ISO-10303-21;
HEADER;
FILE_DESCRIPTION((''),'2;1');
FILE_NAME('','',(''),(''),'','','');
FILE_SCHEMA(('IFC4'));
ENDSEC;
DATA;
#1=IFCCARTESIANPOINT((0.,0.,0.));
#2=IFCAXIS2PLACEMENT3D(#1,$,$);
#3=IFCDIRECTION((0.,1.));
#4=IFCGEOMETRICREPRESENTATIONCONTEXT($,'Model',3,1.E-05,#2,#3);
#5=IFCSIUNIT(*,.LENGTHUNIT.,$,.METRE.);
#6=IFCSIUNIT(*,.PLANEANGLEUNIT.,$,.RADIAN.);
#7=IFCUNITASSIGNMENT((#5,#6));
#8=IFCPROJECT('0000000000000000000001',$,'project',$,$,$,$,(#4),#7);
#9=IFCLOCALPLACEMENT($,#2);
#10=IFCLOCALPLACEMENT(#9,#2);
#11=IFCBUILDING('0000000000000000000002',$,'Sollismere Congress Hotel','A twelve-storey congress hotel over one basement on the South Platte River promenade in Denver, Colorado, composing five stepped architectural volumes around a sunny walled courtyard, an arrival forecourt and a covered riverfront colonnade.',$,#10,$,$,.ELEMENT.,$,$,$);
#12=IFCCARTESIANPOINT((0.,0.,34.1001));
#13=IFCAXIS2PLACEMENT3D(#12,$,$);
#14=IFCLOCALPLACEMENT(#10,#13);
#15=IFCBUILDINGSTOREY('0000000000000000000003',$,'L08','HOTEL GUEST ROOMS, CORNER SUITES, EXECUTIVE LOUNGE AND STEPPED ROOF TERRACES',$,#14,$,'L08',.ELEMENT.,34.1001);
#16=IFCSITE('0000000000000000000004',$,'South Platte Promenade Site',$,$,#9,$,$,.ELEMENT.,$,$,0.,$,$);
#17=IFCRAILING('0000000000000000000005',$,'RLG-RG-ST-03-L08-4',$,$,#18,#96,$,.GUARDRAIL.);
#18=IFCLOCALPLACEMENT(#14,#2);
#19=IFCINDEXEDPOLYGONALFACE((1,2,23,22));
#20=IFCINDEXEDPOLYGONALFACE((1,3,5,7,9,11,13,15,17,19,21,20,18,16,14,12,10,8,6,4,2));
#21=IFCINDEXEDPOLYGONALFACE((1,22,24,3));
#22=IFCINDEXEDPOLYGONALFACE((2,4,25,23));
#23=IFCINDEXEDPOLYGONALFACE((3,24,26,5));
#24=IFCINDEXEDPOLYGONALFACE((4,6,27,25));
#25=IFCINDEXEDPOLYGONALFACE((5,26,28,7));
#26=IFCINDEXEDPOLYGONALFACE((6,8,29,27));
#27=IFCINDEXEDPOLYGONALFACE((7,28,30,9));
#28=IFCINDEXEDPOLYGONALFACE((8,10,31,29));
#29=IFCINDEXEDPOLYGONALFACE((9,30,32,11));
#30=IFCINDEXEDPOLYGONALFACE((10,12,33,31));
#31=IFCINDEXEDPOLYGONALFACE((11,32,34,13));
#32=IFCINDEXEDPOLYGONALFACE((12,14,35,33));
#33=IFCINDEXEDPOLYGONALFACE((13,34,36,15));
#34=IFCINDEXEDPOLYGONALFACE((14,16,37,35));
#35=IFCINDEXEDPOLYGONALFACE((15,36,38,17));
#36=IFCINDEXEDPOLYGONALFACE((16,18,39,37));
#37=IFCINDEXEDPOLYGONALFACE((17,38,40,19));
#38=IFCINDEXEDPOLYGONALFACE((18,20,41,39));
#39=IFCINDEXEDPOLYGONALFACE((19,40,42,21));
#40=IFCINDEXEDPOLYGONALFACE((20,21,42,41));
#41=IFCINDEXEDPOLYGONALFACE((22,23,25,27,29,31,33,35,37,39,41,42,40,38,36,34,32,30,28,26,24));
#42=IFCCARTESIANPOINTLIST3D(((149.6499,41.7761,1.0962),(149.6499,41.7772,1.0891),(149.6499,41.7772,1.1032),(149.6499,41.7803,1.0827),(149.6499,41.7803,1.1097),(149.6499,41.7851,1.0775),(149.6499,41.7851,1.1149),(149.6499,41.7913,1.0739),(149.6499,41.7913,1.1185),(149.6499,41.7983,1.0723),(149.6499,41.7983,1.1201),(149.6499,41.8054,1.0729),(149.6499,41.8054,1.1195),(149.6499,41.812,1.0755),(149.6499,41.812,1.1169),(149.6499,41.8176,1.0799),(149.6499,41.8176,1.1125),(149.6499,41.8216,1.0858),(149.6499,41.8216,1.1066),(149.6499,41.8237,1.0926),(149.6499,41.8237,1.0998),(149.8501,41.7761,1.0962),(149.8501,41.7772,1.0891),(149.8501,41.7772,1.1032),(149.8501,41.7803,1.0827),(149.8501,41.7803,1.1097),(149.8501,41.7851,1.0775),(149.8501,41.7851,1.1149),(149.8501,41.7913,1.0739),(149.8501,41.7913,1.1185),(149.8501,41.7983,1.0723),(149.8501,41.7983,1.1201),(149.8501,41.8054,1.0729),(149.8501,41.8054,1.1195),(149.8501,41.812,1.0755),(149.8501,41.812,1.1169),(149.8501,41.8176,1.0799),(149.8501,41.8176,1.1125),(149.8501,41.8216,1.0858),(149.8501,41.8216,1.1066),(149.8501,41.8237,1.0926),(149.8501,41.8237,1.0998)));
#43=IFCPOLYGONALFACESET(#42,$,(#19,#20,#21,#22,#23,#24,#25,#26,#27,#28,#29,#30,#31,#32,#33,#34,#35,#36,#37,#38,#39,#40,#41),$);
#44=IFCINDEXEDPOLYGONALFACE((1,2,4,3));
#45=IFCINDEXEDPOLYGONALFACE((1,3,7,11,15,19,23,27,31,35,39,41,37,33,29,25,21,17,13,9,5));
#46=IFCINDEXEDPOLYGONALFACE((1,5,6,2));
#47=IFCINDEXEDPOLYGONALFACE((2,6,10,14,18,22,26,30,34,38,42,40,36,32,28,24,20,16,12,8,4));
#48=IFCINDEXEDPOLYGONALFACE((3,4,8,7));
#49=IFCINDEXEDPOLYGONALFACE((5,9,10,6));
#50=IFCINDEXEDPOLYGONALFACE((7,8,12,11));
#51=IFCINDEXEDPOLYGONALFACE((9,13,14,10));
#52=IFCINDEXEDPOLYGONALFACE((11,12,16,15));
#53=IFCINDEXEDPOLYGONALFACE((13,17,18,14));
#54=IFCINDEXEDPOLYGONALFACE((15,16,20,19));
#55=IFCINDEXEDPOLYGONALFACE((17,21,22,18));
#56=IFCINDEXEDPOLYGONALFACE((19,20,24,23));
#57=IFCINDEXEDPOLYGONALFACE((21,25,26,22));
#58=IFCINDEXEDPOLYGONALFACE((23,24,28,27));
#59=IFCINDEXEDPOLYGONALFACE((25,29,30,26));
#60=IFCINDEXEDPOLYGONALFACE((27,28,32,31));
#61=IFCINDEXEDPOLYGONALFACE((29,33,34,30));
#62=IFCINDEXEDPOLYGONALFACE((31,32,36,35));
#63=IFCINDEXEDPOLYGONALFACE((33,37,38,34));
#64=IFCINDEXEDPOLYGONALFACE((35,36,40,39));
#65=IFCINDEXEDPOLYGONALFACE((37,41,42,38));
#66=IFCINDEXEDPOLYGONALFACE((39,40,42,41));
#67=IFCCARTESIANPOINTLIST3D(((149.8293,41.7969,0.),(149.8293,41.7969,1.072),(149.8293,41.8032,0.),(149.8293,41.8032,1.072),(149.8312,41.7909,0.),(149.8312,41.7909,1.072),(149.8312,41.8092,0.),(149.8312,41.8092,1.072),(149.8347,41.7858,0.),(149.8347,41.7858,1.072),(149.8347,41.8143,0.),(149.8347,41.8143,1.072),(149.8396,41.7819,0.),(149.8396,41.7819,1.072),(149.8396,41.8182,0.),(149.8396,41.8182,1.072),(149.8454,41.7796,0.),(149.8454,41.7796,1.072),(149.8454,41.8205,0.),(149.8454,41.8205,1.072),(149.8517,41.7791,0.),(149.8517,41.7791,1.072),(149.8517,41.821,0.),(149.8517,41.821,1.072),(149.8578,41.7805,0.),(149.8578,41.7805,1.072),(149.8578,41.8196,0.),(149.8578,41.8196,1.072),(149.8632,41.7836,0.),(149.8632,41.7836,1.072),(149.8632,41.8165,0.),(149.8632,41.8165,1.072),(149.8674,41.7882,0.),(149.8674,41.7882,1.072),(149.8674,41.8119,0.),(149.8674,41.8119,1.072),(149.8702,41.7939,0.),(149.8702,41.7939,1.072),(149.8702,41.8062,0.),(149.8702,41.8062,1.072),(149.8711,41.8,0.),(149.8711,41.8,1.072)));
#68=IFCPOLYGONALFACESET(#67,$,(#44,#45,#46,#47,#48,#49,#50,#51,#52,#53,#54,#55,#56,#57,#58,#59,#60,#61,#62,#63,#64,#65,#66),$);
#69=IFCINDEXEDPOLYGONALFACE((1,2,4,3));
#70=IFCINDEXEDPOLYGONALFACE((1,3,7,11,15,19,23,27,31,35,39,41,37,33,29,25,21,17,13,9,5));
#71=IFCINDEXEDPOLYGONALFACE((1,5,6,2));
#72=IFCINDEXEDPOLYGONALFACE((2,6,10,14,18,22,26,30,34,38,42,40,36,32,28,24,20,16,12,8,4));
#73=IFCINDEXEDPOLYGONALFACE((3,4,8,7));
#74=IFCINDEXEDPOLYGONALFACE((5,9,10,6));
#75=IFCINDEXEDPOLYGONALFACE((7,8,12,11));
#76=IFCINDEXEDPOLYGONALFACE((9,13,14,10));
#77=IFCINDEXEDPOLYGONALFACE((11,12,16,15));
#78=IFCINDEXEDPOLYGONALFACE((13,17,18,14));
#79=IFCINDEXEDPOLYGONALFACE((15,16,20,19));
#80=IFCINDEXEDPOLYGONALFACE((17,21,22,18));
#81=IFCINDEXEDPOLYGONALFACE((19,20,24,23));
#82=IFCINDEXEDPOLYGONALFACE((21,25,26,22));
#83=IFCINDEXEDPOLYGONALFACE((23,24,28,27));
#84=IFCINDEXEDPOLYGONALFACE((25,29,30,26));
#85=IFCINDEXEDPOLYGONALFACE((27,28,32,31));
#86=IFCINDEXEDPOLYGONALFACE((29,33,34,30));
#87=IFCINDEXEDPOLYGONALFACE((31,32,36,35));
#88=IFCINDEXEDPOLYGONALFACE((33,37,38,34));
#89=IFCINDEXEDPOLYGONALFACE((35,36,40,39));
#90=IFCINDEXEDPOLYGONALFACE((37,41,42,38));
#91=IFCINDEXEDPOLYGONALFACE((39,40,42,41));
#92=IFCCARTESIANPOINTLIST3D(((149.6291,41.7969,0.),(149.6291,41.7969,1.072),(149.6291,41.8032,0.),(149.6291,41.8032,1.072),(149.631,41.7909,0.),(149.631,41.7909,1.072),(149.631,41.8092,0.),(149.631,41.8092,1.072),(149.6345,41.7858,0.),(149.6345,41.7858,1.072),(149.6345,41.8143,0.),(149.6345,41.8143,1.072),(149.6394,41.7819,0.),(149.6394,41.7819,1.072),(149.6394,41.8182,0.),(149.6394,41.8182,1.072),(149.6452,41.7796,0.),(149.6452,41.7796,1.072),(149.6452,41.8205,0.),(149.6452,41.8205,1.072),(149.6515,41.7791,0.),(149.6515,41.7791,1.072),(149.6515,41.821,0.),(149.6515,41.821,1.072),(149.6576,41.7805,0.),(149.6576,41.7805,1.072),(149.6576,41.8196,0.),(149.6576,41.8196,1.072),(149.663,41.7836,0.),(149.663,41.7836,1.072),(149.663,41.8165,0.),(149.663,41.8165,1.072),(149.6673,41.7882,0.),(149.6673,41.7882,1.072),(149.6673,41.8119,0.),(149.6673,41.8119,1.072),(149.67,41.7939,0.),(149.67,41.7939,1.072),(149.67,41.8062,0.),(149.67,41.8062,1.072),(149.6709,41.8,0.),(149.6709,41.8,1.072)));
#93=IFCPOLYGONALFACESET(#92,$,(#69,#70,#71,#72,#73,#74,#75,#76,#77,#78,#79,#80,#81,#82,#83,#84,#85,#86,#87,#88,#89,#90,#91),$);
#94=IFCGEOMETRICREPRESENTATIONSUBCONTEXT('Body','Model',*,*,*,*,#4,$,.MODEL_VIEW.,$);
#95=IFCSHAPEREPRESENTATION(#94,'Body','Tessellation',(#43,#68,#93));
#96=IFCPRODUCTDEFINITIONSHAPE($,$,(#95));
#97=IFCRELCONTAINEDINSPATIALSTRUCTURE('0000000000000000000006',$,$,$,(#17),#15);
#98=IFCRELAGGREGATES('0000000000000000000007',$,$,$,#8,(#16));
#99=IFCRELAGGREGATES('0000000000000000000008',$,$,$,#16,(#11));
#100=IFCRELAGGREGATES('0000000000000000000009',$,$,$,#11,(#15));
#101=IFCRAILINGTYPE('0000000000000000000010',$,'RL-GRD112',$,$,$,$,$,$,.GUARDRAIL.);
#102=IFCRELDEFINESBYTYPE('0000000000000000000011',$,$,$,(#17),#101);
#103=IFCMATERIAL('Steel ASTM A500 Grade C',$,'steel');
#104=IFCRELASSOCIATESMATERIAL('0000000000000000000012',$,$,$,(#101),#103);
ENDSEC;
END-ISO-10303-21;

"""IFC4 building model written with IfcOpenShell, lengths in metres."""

from ifc_helpers import new_model, si_unit, direction, frame, origin, origin_2d, place, context, subcontext, project, spatial, circle, extrude, material, type_object, element, save


model = new_model("IFC4")

# Units and contexts
model_context = context("Model", 3, precision=1e-05, world=origin(), true_north=direction((0.0, 1.0)))
body_context = subcontext(model_context, "Body", "Model", "MODEL_VIEW")
ifc_project = project(units=[si_unit("LENGTHUNIT", "METRE"), si_unit("PLANEANGLEUNIT", "RADIAN")], contexts=[model_context])

# Site, building, storey
site_placement = place(None, origin())
site = spatial("IfcSite", under=ifc_project, at=site_placement, Name="South Platte Promenade Site", CompositionType="ELEMENT", RefElevation=0.0)
building_placement = place(site_placement, origin())
building = spatial("IfcBuilding", under=site, at=building_placement, Name="Sollismere Congress Hotel", Description="A twelve-storey congress hotel over one basement on the South Platte River promenade in Denver, Colorado, composing five stepped architectural volumes around a sunny walled courtyard, an arrival forecourt and a covered riverfront colonnade.", CompositionType="ELEMENT")
storey_placement = place(building_placement, frame((0.0, 0.0, 34.1001)))
storey = spatial("IfcBuildingStorey", under=building, at=storey_placement, Name="L08", Description="HOTEL GUEST ROOMS, CORNER SUITES, EXECUTIVE LOUNGE AND STEPPED ROOF TERRACES", LongName="L08", CompositionType="ELEMENT", Elevation=34.1001)

# Railing
ifc_material_1 = material(Name="Steel ASTM A500 Grade C", Category="steel")
railing_type_1 = type_object("IfcRailingType", Name="RL-GRD112", PredefinedType="GUARDRAIL", material=ifc_material_1)
railing_1_placement = place(storey_placement, frame((149.8501, 41.8, 0.0)))
element("IfcRailing", 1, at=railing_1_placement, inside=storey, type_object=railing_type_1, Name="RLG-RG-ST-03-L08-4", PredefinedType="GUARDRAIL", context=body_context, shape_type="SweptSolid", body=[
    extrude(circle(Radius=0.0239, at=origin_2d()), frame((0.0, 0.0, 1.0962), z_axis=(-1.0, 0.0, 0.0), x_axis=(0.0, -1.0, 0.0)), (0.0, 0.0, 1.0), 0.2002),
    extrude(circle(Radius=0.021, at=origin_2d()), origin(), (0.0, 0.0, 1.0), 1.072),
    extrude(circle(Radius=0.021, at=origin_2d()), frame((-0.2002, 0.0, 0.0)), (0.0, 0.0, 1.0), 1.072),
])

save(model, "model.ifc")
